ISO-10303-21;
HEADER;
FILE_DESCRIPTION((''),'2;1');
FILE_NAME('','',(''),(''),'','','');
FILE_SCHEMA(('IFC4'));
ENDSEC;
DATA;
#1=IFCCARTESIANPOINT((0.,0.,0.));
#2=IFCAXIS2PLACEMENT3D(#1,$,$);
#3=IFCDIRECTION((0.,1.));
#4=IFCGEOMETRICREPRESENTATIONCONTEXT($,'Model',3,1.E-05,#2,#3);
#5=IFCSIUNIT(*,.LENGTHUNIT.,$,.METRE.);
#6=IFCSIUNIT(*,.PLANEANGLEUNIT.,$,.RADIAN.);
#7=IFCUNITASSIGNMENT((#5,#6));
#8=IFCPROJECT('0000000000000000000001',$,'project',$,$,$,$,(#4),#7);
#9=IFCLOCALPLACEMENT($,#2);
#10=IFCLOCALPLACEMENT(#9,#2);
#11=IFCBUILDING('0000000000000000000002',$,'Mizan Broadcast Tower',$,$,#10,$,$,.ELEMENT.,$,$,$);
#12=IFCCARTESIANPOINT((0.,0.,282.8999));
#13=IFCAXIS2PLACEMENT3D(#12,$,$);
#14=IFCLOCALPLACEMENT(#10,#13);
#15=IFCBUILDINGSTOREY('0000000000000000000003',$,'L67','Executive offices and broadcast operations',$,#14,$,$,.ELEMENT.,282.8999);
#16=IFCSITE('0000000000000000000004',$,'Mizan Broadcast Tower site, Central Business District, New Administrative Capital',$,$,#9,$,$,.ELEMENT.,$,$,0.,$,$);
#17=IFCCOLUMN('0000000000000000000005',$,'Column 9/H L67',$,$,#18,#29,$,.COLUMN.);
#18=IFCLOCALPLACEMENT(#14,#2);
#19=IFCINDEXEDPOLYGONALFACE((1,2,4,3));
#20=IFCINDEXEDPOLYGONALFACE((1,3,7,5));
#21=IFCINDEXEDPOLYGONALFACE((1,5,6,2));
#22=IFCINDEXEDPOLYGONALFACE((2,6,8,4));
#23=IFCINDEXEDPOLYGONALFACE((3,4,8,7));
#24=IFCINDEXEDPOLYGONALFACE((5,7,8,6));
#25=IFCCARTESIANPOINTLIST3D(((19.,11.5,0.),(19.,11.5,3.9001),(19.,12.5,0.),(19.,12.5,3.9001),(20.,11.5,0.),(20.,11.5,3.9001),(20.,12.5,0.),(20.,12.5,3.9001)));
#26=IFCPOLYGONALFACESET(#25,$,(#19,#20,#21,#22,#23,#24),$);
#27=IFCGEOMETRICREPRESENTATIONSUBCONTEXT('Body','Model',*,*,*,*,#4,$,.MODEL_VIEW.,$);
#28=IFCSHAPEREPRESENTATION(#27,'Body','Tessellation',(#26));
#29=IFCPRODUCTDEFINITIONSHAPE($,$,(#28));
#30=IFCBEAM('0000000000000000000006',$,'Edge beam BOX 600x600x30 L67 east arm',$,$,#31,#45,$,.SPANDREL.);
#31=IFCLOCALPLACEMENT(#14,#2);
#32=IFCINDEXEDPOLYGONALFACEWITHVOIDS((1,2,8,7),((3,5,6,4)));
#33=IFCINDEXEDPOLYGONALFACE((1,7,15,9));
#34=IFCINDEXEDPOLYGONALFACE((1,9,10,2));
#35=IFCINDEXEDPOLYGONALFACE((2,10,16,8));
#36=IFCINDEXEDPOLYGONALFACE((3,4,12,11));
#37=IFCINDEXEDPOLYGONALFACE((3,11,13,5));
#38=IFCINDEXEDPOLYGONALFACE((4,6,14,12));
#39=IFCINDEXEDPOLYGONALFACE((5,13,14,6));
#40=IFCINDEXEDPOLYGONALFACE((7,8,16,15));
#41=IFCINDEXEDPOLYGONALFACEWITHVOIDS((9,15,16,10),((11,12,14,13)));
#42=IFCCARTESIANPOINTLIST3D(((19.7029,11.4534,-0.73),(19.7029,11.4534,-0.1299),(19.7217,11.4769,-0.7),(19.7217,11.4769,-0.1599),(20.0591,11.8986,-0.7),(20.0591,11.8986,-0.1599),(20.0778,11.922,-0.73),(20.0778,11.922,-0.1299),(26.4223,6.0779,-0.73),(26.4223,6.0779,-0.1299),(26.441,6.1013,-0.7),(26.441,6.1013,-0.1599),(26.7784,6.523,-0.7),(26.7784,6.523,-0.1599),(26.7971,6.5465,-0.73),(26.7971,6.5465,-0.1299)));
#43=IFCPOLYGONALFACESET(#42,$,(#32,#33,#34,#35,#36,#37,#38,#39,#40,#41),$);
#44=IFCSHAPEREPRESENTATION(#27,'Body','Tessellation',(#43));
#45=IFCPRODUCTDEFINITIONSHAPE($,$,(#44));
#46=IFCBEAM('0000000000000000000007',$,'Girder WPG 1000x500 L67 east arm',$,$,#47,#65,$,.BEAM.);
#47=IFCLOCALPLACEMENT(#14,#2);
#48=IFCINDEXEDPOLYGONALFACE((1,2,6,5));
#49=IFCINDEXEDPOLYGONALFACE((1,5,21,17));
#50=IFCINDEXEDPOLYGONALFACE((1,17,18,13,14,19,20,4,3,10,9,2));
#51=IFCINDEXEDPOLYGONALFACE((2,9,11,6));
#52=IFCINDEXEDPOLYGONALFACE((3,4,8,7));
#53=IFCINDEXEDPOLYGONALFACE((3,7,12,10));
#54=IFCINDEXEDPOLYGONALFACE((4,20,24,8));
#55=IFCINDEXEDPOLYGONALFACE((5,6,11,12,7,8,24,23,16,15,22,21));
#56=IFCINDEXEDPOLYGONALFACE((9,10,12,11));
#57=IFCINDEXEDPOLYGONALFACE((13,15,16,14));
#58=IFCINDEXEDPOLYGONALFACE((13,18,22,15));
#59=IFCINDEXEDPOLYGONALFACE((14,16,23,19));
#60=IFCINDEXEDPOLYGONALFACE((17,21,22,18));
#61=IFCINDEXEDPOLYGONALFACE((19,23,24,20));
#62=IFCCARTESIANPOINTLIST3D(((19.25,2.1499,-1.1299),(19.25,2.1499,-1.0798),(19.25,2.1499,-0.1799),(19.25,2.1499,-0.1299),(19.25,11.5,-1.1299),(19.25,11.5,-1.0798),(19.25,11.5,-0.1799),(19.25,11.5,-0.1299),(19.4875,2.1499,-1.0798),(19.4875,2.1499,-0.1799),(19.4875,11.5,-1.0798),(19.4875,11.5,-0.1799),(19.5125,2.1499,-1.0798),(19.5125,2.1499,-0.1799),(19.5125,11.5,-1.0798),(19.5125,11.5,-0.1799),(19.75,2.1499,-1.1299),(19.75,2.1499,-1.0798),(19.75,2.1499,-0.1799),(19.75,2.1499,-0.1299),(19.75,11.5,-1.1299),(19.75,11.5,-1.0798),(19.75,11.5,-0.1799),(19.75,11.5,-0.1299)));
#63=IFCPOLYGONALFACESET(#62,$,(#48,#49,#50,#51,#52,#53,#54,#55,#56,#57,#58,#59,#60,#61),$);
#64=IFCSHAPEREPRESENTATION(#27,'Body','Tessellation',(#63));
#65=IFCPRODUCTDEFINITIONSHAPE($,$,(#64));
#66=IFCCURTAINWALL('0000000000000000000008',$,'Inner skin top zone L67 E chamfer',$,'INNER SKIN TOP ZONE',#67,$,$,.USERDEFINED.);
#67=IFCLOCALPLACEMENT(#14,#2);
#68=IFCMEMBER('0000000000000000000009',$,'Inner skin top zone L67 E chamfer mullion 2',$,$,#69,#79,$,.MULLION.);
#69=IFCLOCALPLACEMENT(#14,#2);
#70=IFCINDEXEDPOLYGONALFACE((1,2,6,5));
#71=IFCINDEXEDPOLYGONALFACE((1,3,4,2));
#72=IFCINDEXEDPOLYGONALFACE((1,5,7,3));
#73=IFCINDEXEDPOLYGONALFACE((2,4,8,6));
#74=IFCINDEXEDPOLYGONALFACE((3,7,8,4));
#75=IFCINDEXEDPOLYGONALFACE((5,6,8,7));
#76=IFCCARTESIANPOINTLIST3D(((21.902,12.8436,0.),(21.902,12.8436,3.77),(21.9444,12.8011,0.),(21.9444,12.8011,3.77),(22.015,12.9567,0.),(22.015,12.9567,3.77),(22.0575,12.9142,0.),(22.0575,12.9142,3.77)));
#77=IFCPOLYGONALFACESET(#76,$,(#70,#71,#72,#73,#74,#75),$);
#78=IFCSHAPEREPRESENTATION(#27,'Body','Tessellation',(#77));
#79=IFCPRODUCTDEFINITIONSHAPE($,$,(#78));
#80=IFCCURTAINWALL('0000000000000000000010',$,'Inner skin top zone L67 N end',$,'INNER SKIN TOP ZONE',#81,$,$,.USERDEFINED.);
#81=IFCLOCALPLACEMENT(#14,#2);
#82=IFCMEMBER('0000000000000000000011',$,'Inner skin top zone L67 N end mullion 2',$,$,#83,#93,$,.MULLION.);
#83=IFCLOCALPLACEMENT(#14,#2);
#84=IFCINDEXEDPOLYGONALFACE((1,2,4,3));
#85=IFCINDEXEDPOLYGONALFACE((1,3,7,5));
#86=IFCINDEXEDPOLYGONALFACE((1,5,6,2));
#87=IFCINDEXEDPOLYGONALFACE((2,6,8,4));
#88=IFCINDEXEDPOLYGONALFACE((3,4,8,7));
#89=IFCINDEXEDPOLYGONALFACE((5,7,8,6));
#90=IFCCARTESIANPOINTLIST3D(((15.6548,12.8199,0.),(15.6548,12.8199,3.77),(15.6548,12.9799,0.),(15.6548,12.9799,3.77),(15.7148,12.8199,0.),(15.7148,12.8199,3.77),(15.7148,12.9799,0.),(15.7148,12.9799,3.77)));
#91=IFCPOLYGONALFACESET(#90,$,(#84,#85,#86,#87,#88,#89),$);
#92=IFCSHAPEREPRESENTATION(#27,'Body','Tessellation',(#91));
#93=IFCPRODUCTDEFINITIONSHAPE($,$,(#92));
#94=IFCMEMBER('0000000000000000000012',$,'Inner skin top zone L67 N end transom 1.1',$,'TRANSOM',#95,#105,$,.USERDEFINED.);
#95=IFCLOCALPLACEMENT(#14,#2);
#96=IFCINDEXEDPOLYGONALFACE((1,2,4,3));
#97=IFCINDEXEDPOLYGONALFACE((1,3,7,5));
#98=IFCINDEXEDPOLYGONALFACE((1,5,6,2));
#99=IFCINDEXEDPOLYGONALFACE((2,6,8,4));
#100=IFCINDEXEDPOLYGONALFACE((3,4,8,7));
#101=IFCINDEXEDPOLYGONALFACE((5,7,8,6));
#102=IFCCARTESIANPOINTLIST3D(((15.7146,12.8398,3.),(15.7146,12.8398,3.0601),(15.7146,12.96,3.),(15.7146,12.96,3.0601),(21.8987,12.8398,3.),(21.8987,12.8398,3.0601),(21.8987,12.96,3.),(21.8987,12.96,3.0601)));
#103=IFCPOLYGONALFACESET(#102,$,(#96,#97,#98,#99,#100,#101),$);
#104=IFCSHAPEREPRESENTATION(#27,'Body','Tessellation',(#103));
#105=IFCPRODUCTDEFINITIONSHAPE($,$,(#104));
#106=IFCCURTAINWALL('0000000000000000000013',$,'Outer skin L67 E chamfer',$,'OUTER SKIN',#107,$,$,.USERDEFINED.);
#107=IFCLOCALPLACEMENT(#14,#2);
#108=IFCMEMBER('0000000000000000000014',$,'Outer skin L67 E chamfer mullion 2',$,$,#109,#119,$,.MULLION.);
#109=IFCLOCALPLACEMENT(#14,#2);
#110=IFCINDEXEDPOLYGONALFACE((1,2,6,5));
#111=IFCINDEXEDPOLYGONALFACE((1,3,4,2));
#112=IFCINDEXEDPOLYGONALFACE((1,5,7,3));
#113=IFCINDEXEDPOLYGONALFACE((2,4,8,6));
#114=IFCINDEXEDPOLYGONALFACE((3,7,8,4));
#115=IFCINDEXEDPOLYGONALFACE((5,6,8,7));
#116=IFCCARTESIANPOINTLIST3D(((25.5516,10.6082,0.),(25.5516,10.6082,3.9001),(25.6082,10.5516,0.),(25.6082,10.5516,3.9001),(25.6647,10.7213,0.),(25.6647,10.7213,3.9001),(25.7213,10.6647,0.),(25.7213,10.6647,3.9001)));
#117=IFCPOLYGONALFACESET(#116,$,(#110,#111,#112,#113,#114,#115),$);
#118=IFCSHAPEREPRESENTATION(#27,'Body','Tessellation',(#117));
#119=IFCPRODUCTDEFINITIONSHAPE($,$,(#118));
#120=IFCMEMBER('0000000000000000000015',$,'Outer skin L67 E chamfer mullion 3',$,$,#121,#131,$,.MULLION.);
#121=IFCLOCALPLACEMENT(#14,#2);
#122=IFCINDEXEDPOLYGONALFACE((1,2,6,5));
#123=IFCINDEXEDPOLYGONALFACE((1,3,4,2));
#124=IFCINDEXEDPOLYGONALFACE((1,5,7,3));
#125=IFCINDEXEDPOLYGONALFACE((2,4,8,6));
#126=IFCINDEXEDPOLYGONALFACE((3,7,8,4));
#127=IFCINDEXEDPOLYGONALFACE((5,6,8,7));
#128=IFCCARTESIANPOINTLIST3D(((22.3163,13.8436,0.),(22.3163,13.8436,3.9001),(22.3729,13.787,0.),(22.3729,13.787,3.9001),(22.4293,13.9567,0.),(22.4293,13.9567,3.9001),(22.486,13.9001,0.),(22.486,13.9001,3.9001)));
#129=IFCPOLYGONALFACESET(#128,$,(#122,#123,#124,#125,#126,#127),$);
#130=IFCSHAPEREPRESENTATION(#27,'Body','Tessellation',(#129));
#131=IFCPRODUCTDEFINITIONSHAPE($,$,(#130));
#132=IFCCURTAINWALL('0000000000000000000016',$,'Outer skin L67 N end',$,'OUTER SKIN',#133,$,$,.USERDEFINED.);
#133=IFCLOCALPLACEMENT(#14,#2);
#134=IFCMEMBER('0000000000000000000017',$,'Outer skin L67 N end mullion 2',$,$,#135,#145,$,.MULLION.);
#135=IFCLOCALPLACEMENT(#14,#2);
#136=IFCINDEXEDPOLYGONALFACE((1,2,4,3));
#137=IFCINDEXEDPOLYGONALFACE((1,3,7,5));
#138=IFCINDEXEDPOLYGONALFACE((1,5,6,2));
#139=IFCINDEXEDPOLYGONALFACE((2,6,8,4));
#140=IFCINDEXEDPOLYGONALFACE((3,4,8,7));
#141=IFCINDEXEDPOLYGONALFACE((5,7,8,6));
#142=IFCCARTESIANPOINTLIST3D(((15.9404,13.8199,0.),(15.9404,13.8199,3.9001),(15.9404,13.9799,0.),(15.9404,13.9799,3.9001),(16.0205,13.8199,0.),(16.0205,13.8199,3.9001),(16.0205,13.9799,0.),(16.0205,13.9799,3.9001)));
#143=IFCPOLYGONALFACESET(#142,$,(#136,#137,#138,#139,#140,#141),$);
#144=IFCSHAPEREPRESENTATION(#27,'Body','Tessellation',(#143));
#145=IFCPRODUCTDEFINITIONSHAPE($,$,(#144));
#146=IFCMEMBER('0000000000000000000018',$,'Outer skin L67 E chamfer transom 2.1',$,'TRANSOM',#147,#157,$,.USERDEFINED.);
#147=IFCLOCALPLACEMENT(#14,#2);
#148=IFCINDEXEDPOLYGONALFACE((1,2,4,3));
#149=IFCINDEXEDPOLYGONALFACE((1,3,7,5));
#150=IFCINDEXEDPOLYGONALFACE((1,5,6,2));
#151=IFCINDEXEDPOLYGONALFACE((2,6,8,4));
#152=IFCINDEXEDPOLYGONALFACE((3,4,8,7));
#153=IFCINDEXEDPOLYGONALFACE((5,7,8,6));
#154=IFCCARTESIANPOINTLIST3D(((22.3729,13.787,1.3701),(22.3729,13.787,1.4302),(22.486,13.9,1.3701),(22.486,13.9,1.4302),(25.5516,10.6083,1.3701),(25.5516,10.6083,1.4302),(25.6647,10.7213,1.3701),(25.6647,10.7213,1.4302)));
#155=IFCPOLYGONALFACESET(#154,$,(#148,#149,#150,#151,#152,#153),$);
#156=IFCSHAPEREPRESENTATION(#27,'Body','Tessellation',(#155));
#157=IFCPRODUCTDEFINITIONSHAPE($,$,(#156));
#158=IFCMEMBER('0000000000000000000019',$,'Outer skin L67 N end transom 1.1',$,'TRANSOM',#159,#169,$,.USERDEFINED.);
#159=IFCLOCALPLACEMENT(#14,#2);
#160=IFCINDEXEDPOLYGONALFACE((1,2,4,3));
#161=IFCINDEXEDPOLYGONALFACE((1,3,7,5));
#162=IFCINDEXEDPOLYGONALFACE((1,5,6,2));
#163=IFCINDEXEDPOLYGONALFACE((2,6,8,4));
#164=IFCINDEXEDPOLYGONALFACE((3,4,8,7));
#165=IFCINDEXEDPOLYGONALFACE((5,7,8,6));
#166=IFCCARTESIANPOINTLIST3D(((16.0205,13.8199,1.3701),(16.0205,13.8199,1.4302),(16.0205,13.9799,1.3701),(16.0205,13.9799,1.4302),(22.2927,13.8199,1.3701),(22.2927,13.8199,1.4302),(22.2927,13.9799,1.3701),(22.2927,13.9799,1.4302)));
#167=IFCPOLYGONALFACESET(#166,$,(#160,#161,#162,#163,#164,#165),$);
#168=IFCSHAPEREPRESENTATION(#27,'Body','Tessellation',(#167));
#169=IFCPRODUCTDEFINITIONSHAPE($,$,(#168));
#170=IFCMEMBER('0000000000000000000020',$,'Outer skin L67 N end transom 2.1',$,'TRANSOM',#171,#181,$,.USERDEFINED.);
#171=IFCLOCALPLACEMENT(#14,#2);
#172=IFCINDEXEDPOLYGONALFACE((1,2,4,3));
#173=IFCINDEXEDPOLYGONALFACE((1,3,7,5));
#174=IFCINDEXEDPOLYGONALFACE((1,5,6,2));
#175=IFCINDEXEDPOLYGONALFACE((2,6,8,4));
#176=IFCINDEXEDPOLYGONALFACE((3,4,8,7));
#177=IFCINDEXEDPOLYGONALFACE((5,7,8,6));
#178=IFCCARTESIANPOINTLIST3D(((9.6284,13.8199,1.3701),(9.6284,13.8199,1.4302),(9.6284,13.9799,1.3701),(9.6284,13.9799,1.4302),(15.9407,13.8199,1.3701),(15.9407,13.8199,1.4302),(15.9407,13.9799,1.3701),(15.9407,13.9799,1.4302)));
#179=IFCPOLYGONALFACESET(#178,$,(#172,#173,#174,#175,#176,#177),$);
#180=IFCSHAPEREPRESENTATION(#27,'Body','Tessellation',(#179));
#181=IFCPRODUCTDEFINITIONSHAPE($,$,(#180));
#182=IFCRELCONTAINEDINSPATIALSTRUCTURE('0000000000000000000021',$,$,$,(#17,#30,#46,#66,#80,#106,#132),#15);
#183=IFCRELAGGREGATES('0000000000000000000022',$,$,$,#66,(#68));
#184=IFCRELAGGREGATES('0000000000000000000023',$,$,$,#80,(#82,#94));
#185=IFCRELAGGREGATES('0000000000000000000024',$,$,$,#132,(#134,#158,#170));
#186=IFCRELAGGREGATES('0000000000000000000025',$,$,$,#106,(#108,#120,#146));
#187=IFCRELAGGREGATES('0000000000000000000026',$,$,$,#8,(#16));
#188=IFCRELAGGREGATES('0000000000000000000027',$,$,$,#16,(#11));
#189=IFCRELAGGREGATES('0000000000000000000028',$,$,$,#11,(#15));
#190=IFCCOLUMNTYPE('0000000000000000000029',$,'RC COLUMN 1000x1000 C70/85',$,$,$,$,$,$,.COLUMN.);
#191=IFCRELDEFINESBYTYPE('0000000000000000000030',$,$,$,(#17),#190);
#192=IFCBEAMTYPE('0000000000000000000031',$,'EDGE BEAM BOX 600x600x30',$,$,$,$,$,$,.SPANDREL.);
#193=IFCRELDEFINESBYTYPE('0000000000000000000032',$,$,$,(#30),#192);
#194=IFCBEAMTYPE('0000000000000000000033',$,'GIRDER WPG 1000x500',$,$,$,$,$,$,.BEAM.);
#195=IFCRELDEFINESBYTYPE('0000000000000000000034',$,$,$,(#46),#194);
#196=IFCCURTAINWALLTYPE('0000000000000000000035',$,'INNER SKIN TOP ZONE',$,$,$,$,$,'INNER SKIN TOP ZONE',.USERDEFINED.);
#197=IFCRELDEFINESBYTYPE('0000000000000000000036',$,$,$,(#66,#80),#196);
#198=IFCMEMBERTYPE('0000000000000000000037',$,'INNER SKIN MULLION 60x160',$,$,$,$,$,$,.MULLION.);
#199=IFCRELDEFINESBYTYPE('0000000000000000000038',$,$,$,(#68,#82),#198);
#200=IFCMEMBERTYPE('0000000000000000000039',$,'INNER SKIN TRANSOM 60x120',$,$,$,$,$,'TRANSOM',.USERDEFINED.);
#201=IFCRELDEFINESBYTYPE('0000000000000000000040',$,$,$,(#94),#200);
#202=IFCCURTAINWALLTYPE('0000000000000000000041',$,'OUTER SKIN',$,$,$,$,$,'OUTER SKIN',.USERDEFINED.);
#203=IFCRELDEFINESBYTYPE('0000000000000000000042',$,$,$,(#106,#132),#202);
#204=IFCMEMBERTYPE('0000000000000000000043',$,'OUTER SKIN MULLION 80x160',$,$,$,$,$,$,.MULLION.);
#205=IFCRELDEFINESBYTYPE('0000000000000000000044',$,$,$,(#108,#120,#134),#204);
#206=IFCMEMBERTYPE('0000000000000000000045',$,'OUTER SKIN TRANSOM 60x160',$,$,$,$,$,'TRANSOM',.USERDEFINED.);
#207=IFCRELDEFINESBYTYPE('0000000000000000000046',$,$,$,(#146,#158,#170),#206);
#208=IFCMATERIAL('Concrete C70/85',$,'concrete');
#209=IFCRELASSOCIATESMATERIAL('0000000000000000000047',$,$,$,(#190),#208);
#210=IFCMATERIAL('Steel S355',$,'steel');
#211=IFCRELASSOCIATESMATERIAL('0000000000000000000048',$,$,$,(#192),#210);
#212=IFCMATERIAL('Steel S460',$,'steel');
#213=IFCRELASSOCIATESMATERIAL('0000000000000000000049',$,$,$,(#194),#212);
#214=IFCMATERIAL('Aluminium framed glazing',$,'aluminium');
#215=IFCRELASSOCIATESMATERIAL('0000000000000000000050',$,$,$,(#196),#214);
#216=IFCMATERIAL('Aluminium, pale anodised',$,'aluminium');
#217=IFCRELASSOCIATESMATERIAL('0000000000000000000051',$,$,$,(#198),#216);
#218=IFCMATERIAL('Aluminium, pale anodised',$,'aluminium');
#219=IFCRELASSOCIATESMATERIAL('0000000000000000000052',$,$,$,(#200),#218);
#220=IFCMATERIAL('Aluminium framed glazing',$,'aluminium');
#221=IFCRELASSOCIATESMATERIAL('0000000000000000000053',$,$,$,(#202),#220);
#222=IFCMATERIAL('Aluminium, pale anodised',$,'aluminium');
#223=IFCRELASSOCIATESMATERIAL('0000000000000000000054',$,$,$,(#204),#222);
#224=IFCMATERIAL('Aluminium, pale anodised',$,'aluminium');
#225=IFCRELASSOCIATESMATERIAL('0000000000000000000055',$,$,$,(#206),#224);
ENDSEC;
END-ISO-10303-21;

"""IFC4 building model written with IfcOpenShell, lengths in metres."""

from ifc_helpers import new_model, si_unit, direction, frame, origin, origin_2d, place, context, subcontext, project, spatial, rectangle, hollow_rectangle, i_section, extrude, material, material_profile, profile_set, type_object, element, aggregate, save


model = new_model("IFC4")

# Units and contexts
model_context = context("Model", 3, precision=1e-05, world=origin(), true_north=direction((0.0, 1.0)))
body_context = subcontext(model_context, "Body", "Model", "MODEL_VIEW")
ifc_project = project(units=[si_unit("LENGTHUNIT", "METRE"), si_unit("PLANEANGLEUNIT", "RADIAN")], contexts=[model_context])

# Site, building, storey
site_placement = place(None, origin())
site = spatial("IfcSite", under=ifc_project, at=site_placement, Name="Mizan Broadcast Tower site, Central Business District, New Administrative Capital", CompositionType="ELEMENT", RefElevation=0.0)
building_placement = place(site_placement, origin())
building = spatial("IfcBuilding", under=site, at=building_placement, Name="Mizan Broadcast Tower", CompositionType="ELEMENT")
storey_placement = place(building_placement, frame((0.0, 0.0, 282.8999)))
storey = spatial("IfcBuildingStorey", under=building, at=storey_placement, Name="L67", Description="Executive offices and broadcast operations", CompositionType="ELEMENT", Elevation=282.8999)

# Column
ifc_material_1 = material(Name="Concrete C70/85", Category="concrete")
ifc_material_profile_1 = material_profile(ifc_material_1, rectangle(XDim=1.0, YDim=1.0, at=origin_2d()), Name="RC 1000x1000")
ifc_profile_set_1 = profile_set([ifc_material_profile_1], Name="Concrete C70/85")
column_type = type_object("IfcColumnType", Name="RC COLUMN 1000x1000 C70/85", PredefinedType="COLUMN", material=ifc_profile_set_1)
column_placement = place(storey_placement, frame((19.5, 12.0, 0.0), z_axis=(0.0, 0.0, 1.0), x_axis=(1.0, 0.0, 0.0)))
element("IfcColumn", 1, at=column_placement, inside=storey, type_object=column_type, Name="Column 9/H L67", PredefinedType="COLUMN", context=body_context, shape_type="SweptSolid", body=[
    extrude(rectangle(XDim=1.0, YDim=1.0, at=origin_2d()), origin(), (0.0, 0.0, 1.0), 3.9001),
])

# Beams
ifc_material_2 = material(Name="Steel S355", Category="steel")
ifc_material_profile_2 = material_profile(ifc_material_2, hollow_rectangle(XDim=0.6001, YDim=0.6001, WallThickness=0.03, at=origin_2d()), Name="BOX 600x600x30")
ifc_profile_set_2 = profile_set([ifc_material_profile_2], Name="Steel S355")
beam_type_1 = type_object("IfcBeamType", Name="EDGE BEAM BOX 600x600x30", PredefinedType="SPANDREL", material=ifc_profile_set_2)
beam_1_placement = place(storey_placement, frame((19.8904, 11.6877, -0.4299), z_axis=(0.780863, -0.624702, 0.0), x_axis=(0.624702, 0.780863, 0.0)))
element("IfcBeam", 2, at=beam_1_placement, inside=storey, type_object=beam_type_1, Name="Edge beam BOX 600x600x30 L67 east arm", PredefinedType="SPANDREL", context=body_context, shape_type="SweptSolid", body=[
    extrude(hollow_rectangle(XDim=0.6001, YDim=0.6001, WallThickness=0.03, at=origin_2d()), origin(), (0.0, 0.0, 1.0), 8.605),
])
ifc_material_3 = material(Name="Steel S460", Category="steel")
ifc_material_profile_3 = material_profile(ifc_material_3, i_section(OverallWidth=0.5, OverallDepth=1.0, WebThickness=0.0249, FlangeThickness=0.05, at=origin_2d()), Name="WPG 1000x500")
ifc_profile_set_3 = profile_set([ifc_material_profile_3], Name="Steel S460")
beam_type_2 = type_object("IfcBeamType", Name="GIRDER WPG 1000x500", PredefinedType="BEAM", material=ifc_profile_set_3)
beam_2_placement = place(storey_placement, frame((19.5, 11.5, -0.6299), z_axis=(0.0, -1.0, 0.0), x_axis=(1.0, 0.0, 0.0)))
element("IfcBeam", 3, at=beam_2_placement, inside=storey, type_object=beam_type_2, Name="Girder WPG 1000x500 L67 east arm", PredefinedType="BEAM", context=body_context, shape_type="SweptSolid", body=[
    extrude(i_section(OverallWidth=0.5, OverallDepth=1.0, WebThickness=0.0249, FlangeThickness=0.05, at=origin_2d()), origin(), (0.0, 0.0, 1.0), 9.3501),
])

# Curtain wall, member
ifc_material_4 = material(Name="Aluminium framed glazing", Category="aluminium")
curtain_wall_type_1 = type_object("IfcCurtainWallType", Name="INNER SKIN TOP ZONE", ElementType="INNER SKIN TOP ZONE", PredefinedType="USERDEFINED", material=ifc_material_4)
curtain_wall_1_placement = place(storey_placement, origin())
curtain_wall_1 = element("IfcCurtainWall", 4, at=curtain_wall_1_placement, inside=storey, type_object=curtain_wall_type_1, Name="Inner skin top zone L67 E chamfer", ObjectType="INNER SKIN TOP ZONE", PredefinedType="USERDEFINED")
ifc_material_5 = material(Name="Aluminium, pale anodised", Category="aluminium")
ifc_material_profile_4 = material_profile(ifc_material_5, rectangle(XDim=0.1599, YDim=0.0601, at=origin_2d()), Name="MULLION 160x60")
ifc_profile_set_4 = profile_set([ifc_material_profile_4], Name="Aluminium, pale anodised")
member_type_1 = type_object("IfcMemberType", Name="INNER SKIN MULLION 60x160", PredefinedType="MULLION", material=ifc_profile_set_4)
member_1_placement = place(storey_placement, frame((21.9797, 12.8789, 0.0), z_axis=(0.0, 0.0, 1.0), x_axis=(-0.707107, -0.707107, 0.0)))
member_1 = element("IfcMember", 5, at=member_1_placement, type_object=member_type_1, Name="Inner skin top zone L67 E chamfer mullion 2", PredefinedType="MULLION", context=body_context, shape_type="SweptSolid", body=[
    extrude(rectangle(XDim=0.1599, YDim=0.0601, at=origin_2d()), origin(), (0.0, 0.0, 1.0), 3.77),
])

# Curtain walls, members
curtain_wall_2_placement = place(storey_placement, origin())
curtain_wall_2 = element("IfcCurtainWall", 6, at=curtain_wall_2_placement, inside=storey, type_object=curtain_wall_type_1, Name="Inner skin top zone L67 N end", ObjectType="INNER SKIN TOP ZONE", PredefinedType="USERDEFINED")
member_2_placement = place(storey_placement, frame((15.6848, 12.8999, 0.0), z_axis=(0.0, 0.0, 1.0), x_axis=(0.0, -1.0, 0.0)))
member_2 = element("IfcMember", 7, at=member_2_placement, type_object=member_type_1, Name="Inner skin top zone L67 N end mullion 2", PredefinedType="MULLION", context=body_context, shape_type="SweptSolid", body=[
    extrude(rectangle(XDim=0.1599, YDim=0.0601, at=origin_2d()), origin(), (0.0, 0.0, 1.0), 3.77),
])
ifc_material_6 = material(Name="Aluminium, pale anodised", Category="aluminium")
ifc_material_profile_5 = material_profile(ifc_material_6, rectangle(XDim=0.1201, YDim=0.0601, at=origin_2d()), Name="TRANSOM 120x60")
ifc_profile_set_5 = profile_set([ifc_material_profile_5], Name="Aluminium, pale anodised")
member_type_2 = type_object("IfcMemberType", Name="INNER SKIN TRANSOM 60x120", ElementType="TRANSOM", PredefinedType="USERDEFINED", material=ifc_profile_set_5)
member_3_placement = place(storey_placement, frame((21.8987, 12.8999, 3.03), z_axis=(-1.0, 0.0, 0.0), x_axis=(0.0, -1.0, 0.0)))
member_3 = element("IfcMember", 8, at=member_3_placement, type_object=member_type_2, Name="Inner skin top zone L67 N end transom 1.1", ObjectType="TRANSOM", PredefinedType="USERDEFINED", context=body_context, shape_type="SweptSolid", body=[
    extrude(rectangle(XDim=0.1201, YDim=0.0601, at=origin_2d()), origin(), (0.0, 0.0, 1.0), 6.1841),
])
ifc_material_7 = material(Name="Aluminium framed glazing", Category="aluminium")
curtain_wall_type_2 = type_object("IfcCurtainWallType", Name="OUTER SKIN", ElementType="OUTER SKIN", PredefinedType="USERDEFINED", material=ifc_material_7)
curtain_wall_3_placement = place(storey_placement, origin())
curtain_wall_3 = element("IfcCurtainWall", 9, at=curtain_wall_3_placement, inside=storey, type_object=curtain_wall_type_2, Name="Outer skin L67 E chamfer", ObjectType="OUTER SKIN", PredefinedType="USERDEFINED")
ifc_material_8 = material(Name="Aluminium, pale anodised", Category="aluminium")
ifc_material_profile_6 = material_profile(ifc_material_8, rectangle(XDim=0.1599, YDim=0.0801, at=origin_2d()), Name="MULLION 160x80")
ifc_profile_set_6 = profile_set([ifc_material_profile_6], Name="Aluminium, pale anodised")
member_type_3 = type_object("IfcMemberType", Name="OUTER SKIN MULLION 80x160", PredefinedType="MULLION", material=ifc_profile_set_6)
member_4_placement = place(storey_placement, frame((25.6365, 10.6365, 0.0), z_axis=(0.0, 0.0, 1.0), x_axis=(-0.707107, -0.707107, 0.0)))
member_4 = element("IfcMember", 10, at=member_4_placement, type_object=member_type_3, Name="Outer skin L67 E chamfer mullion 2", PredefinedType="MULLION", context=body_context, shape_type="SweptSolid", body=[
    extrude(rectangle(XDim=0.1599, YDim=0.0801, at=origin_2d()), origin(), (0.0, 0.0, 1.0), 3.9001),
])
member_5_placement = place(storey_placement, frame((22.4011, 13.8718, 0.0), z_axis=(0.0, 0.0, 1.0), x_axis=(-0.707107, -0.707107, 0.0)))
member_5 = element("IfcMember", 11, at=member_5_placement, type_object=member_type_3, Name="Outer skin L67 E chamfer mullion 3", PredefinedType="MULLION", context=body_context, shape_type="SweptSolid", body=[
    extrude(rectangle(XDim=0.1599, YDim=0.0801, at=origin_2d()), origin(), (0.0, 0.0, 1.0), 3.9001),
])

# Curtain wall, member
curtain_wall_4_placement = place(storey_placement, origin())
curtain_wall_4 = element("IfcCurtainWall", 12, at=curtain_wall_4_placement, inside=storey, type_object=curtain_wall_type_2, Name="Outer skin L67 N end", ObjectType="OUTER SKIN", PredefinedType="USERDEFINED")
member_6_placement = place(storey_placement, frame((15.9805, 13.8999, 0.0), z_axis=(0.0, 0.0, 1.0), x_axis=(0.0, -1.0, 0.0)))
member_6 = element("IfcMember", 13, at=member_6_placement, type_object=member_type_3, Name="Outer skin L67 N end mullion 2", PredefinedType="MULLION", context=body_context, shape_type="SweptSolid", body=[
    extrude(rectangle(XDim=0.1599, YDim=0.0801, at=origin_2d()), origin(), (0.0, 0.0, 1.0), 3.9001),
])

# Members
ifc_material_9 = material(Name="Aluminium, pale anodised", Category="aluminium")
ifc_material_profile_7 = material_profile(ifc_material_9, rectangle(XDim=0.1599, YDim=0.0601, at=origin_2d()), Name="TRANSOM 160x60")
ifc_profile_set_7 = profile_set([ifc_material_profile_7], Name="Aluminium, pale anodised")
member_type_4 = type_object("IfcMemberType", Name="OUTER SKIN TRANSOM 60x160", ElementType="TRANSOM", PredefinedType="USERDEFINED", material=ifc_profile_set_7)
member_7_placement = place(storey_placement, frame((25.6082, 10.6648, 1.4001), z_axis=(-0.707107, 0.707107, 0.0), x_axis=(-0.707107, -0.707107, 0.0)))
member_7 = element("IfcMember", 14, at=member_7_placement, type_object=member_type_4, Name="Outer skin L67 E chamfer transom 2.1", ObjectType="TRANSOM", PredefinedType="USERDEFINED", context=body_context, shape_type="SweptSolid", body=[
    extrude(rectangle(XDim=0.1599, YDim=0.0601, at=origin_2d()), origin(), (0.0, 0.0, 1.0), 4.4954),
])
member_8_placement = place(storey_placement, frame((22.2927, 13.8999, 1.4001), z_axis=(-1.0, 0.0, 0.0), x_axis=(0.0, -1.0, 0.0)))
member_8 = element("IfcMember", 15, at=member_8_placement, type_object=member_type_4, Name="Outer skin L67 N end transom 1.1", ObjectType="TRANSOM", PredefinedType="USERDEFINED", context=body_context, shape_type="SweptSolid", body=[
    extrude(rectangle(XDim=0.1599, YDim=0.0601, at=origin_2d()), origin(), (0.0, 0.0, 1.0), 6.2722),
])
member_9_placement = place(storey_placement, frame((15.9407, 13.8999, 1.4001), z_axis=(-1.0, 0.0, 0.0), x_axis=(0.0, -1.0, 0.0)))
member_9 = element("IfcMember", 16, at=member_9_placement, type_object=member_type_4, Name="Outer skin L67 N end transom 2.1", ObjectType="TRANSOM", PredefinedType="USERDEFINED", context=body_context, shape_type="SweptSolid", body=[
    extrude(rectangle(XDim=0.1599, YDim=0.0601, at=origin_2d()), origin(), (0.0, 0.0, 1.0), 6.3123),
])

aggregate(curtain_wall_1, [member_1])
aggregate(curtain_wall_2, [member_2, member_3])
aggregate(curtain_wall_4, [member_6, member_8, member_9])
aggregate(curtain_wall_3, [member_4, member_5, member_7])

save(model, "model.ifc")
